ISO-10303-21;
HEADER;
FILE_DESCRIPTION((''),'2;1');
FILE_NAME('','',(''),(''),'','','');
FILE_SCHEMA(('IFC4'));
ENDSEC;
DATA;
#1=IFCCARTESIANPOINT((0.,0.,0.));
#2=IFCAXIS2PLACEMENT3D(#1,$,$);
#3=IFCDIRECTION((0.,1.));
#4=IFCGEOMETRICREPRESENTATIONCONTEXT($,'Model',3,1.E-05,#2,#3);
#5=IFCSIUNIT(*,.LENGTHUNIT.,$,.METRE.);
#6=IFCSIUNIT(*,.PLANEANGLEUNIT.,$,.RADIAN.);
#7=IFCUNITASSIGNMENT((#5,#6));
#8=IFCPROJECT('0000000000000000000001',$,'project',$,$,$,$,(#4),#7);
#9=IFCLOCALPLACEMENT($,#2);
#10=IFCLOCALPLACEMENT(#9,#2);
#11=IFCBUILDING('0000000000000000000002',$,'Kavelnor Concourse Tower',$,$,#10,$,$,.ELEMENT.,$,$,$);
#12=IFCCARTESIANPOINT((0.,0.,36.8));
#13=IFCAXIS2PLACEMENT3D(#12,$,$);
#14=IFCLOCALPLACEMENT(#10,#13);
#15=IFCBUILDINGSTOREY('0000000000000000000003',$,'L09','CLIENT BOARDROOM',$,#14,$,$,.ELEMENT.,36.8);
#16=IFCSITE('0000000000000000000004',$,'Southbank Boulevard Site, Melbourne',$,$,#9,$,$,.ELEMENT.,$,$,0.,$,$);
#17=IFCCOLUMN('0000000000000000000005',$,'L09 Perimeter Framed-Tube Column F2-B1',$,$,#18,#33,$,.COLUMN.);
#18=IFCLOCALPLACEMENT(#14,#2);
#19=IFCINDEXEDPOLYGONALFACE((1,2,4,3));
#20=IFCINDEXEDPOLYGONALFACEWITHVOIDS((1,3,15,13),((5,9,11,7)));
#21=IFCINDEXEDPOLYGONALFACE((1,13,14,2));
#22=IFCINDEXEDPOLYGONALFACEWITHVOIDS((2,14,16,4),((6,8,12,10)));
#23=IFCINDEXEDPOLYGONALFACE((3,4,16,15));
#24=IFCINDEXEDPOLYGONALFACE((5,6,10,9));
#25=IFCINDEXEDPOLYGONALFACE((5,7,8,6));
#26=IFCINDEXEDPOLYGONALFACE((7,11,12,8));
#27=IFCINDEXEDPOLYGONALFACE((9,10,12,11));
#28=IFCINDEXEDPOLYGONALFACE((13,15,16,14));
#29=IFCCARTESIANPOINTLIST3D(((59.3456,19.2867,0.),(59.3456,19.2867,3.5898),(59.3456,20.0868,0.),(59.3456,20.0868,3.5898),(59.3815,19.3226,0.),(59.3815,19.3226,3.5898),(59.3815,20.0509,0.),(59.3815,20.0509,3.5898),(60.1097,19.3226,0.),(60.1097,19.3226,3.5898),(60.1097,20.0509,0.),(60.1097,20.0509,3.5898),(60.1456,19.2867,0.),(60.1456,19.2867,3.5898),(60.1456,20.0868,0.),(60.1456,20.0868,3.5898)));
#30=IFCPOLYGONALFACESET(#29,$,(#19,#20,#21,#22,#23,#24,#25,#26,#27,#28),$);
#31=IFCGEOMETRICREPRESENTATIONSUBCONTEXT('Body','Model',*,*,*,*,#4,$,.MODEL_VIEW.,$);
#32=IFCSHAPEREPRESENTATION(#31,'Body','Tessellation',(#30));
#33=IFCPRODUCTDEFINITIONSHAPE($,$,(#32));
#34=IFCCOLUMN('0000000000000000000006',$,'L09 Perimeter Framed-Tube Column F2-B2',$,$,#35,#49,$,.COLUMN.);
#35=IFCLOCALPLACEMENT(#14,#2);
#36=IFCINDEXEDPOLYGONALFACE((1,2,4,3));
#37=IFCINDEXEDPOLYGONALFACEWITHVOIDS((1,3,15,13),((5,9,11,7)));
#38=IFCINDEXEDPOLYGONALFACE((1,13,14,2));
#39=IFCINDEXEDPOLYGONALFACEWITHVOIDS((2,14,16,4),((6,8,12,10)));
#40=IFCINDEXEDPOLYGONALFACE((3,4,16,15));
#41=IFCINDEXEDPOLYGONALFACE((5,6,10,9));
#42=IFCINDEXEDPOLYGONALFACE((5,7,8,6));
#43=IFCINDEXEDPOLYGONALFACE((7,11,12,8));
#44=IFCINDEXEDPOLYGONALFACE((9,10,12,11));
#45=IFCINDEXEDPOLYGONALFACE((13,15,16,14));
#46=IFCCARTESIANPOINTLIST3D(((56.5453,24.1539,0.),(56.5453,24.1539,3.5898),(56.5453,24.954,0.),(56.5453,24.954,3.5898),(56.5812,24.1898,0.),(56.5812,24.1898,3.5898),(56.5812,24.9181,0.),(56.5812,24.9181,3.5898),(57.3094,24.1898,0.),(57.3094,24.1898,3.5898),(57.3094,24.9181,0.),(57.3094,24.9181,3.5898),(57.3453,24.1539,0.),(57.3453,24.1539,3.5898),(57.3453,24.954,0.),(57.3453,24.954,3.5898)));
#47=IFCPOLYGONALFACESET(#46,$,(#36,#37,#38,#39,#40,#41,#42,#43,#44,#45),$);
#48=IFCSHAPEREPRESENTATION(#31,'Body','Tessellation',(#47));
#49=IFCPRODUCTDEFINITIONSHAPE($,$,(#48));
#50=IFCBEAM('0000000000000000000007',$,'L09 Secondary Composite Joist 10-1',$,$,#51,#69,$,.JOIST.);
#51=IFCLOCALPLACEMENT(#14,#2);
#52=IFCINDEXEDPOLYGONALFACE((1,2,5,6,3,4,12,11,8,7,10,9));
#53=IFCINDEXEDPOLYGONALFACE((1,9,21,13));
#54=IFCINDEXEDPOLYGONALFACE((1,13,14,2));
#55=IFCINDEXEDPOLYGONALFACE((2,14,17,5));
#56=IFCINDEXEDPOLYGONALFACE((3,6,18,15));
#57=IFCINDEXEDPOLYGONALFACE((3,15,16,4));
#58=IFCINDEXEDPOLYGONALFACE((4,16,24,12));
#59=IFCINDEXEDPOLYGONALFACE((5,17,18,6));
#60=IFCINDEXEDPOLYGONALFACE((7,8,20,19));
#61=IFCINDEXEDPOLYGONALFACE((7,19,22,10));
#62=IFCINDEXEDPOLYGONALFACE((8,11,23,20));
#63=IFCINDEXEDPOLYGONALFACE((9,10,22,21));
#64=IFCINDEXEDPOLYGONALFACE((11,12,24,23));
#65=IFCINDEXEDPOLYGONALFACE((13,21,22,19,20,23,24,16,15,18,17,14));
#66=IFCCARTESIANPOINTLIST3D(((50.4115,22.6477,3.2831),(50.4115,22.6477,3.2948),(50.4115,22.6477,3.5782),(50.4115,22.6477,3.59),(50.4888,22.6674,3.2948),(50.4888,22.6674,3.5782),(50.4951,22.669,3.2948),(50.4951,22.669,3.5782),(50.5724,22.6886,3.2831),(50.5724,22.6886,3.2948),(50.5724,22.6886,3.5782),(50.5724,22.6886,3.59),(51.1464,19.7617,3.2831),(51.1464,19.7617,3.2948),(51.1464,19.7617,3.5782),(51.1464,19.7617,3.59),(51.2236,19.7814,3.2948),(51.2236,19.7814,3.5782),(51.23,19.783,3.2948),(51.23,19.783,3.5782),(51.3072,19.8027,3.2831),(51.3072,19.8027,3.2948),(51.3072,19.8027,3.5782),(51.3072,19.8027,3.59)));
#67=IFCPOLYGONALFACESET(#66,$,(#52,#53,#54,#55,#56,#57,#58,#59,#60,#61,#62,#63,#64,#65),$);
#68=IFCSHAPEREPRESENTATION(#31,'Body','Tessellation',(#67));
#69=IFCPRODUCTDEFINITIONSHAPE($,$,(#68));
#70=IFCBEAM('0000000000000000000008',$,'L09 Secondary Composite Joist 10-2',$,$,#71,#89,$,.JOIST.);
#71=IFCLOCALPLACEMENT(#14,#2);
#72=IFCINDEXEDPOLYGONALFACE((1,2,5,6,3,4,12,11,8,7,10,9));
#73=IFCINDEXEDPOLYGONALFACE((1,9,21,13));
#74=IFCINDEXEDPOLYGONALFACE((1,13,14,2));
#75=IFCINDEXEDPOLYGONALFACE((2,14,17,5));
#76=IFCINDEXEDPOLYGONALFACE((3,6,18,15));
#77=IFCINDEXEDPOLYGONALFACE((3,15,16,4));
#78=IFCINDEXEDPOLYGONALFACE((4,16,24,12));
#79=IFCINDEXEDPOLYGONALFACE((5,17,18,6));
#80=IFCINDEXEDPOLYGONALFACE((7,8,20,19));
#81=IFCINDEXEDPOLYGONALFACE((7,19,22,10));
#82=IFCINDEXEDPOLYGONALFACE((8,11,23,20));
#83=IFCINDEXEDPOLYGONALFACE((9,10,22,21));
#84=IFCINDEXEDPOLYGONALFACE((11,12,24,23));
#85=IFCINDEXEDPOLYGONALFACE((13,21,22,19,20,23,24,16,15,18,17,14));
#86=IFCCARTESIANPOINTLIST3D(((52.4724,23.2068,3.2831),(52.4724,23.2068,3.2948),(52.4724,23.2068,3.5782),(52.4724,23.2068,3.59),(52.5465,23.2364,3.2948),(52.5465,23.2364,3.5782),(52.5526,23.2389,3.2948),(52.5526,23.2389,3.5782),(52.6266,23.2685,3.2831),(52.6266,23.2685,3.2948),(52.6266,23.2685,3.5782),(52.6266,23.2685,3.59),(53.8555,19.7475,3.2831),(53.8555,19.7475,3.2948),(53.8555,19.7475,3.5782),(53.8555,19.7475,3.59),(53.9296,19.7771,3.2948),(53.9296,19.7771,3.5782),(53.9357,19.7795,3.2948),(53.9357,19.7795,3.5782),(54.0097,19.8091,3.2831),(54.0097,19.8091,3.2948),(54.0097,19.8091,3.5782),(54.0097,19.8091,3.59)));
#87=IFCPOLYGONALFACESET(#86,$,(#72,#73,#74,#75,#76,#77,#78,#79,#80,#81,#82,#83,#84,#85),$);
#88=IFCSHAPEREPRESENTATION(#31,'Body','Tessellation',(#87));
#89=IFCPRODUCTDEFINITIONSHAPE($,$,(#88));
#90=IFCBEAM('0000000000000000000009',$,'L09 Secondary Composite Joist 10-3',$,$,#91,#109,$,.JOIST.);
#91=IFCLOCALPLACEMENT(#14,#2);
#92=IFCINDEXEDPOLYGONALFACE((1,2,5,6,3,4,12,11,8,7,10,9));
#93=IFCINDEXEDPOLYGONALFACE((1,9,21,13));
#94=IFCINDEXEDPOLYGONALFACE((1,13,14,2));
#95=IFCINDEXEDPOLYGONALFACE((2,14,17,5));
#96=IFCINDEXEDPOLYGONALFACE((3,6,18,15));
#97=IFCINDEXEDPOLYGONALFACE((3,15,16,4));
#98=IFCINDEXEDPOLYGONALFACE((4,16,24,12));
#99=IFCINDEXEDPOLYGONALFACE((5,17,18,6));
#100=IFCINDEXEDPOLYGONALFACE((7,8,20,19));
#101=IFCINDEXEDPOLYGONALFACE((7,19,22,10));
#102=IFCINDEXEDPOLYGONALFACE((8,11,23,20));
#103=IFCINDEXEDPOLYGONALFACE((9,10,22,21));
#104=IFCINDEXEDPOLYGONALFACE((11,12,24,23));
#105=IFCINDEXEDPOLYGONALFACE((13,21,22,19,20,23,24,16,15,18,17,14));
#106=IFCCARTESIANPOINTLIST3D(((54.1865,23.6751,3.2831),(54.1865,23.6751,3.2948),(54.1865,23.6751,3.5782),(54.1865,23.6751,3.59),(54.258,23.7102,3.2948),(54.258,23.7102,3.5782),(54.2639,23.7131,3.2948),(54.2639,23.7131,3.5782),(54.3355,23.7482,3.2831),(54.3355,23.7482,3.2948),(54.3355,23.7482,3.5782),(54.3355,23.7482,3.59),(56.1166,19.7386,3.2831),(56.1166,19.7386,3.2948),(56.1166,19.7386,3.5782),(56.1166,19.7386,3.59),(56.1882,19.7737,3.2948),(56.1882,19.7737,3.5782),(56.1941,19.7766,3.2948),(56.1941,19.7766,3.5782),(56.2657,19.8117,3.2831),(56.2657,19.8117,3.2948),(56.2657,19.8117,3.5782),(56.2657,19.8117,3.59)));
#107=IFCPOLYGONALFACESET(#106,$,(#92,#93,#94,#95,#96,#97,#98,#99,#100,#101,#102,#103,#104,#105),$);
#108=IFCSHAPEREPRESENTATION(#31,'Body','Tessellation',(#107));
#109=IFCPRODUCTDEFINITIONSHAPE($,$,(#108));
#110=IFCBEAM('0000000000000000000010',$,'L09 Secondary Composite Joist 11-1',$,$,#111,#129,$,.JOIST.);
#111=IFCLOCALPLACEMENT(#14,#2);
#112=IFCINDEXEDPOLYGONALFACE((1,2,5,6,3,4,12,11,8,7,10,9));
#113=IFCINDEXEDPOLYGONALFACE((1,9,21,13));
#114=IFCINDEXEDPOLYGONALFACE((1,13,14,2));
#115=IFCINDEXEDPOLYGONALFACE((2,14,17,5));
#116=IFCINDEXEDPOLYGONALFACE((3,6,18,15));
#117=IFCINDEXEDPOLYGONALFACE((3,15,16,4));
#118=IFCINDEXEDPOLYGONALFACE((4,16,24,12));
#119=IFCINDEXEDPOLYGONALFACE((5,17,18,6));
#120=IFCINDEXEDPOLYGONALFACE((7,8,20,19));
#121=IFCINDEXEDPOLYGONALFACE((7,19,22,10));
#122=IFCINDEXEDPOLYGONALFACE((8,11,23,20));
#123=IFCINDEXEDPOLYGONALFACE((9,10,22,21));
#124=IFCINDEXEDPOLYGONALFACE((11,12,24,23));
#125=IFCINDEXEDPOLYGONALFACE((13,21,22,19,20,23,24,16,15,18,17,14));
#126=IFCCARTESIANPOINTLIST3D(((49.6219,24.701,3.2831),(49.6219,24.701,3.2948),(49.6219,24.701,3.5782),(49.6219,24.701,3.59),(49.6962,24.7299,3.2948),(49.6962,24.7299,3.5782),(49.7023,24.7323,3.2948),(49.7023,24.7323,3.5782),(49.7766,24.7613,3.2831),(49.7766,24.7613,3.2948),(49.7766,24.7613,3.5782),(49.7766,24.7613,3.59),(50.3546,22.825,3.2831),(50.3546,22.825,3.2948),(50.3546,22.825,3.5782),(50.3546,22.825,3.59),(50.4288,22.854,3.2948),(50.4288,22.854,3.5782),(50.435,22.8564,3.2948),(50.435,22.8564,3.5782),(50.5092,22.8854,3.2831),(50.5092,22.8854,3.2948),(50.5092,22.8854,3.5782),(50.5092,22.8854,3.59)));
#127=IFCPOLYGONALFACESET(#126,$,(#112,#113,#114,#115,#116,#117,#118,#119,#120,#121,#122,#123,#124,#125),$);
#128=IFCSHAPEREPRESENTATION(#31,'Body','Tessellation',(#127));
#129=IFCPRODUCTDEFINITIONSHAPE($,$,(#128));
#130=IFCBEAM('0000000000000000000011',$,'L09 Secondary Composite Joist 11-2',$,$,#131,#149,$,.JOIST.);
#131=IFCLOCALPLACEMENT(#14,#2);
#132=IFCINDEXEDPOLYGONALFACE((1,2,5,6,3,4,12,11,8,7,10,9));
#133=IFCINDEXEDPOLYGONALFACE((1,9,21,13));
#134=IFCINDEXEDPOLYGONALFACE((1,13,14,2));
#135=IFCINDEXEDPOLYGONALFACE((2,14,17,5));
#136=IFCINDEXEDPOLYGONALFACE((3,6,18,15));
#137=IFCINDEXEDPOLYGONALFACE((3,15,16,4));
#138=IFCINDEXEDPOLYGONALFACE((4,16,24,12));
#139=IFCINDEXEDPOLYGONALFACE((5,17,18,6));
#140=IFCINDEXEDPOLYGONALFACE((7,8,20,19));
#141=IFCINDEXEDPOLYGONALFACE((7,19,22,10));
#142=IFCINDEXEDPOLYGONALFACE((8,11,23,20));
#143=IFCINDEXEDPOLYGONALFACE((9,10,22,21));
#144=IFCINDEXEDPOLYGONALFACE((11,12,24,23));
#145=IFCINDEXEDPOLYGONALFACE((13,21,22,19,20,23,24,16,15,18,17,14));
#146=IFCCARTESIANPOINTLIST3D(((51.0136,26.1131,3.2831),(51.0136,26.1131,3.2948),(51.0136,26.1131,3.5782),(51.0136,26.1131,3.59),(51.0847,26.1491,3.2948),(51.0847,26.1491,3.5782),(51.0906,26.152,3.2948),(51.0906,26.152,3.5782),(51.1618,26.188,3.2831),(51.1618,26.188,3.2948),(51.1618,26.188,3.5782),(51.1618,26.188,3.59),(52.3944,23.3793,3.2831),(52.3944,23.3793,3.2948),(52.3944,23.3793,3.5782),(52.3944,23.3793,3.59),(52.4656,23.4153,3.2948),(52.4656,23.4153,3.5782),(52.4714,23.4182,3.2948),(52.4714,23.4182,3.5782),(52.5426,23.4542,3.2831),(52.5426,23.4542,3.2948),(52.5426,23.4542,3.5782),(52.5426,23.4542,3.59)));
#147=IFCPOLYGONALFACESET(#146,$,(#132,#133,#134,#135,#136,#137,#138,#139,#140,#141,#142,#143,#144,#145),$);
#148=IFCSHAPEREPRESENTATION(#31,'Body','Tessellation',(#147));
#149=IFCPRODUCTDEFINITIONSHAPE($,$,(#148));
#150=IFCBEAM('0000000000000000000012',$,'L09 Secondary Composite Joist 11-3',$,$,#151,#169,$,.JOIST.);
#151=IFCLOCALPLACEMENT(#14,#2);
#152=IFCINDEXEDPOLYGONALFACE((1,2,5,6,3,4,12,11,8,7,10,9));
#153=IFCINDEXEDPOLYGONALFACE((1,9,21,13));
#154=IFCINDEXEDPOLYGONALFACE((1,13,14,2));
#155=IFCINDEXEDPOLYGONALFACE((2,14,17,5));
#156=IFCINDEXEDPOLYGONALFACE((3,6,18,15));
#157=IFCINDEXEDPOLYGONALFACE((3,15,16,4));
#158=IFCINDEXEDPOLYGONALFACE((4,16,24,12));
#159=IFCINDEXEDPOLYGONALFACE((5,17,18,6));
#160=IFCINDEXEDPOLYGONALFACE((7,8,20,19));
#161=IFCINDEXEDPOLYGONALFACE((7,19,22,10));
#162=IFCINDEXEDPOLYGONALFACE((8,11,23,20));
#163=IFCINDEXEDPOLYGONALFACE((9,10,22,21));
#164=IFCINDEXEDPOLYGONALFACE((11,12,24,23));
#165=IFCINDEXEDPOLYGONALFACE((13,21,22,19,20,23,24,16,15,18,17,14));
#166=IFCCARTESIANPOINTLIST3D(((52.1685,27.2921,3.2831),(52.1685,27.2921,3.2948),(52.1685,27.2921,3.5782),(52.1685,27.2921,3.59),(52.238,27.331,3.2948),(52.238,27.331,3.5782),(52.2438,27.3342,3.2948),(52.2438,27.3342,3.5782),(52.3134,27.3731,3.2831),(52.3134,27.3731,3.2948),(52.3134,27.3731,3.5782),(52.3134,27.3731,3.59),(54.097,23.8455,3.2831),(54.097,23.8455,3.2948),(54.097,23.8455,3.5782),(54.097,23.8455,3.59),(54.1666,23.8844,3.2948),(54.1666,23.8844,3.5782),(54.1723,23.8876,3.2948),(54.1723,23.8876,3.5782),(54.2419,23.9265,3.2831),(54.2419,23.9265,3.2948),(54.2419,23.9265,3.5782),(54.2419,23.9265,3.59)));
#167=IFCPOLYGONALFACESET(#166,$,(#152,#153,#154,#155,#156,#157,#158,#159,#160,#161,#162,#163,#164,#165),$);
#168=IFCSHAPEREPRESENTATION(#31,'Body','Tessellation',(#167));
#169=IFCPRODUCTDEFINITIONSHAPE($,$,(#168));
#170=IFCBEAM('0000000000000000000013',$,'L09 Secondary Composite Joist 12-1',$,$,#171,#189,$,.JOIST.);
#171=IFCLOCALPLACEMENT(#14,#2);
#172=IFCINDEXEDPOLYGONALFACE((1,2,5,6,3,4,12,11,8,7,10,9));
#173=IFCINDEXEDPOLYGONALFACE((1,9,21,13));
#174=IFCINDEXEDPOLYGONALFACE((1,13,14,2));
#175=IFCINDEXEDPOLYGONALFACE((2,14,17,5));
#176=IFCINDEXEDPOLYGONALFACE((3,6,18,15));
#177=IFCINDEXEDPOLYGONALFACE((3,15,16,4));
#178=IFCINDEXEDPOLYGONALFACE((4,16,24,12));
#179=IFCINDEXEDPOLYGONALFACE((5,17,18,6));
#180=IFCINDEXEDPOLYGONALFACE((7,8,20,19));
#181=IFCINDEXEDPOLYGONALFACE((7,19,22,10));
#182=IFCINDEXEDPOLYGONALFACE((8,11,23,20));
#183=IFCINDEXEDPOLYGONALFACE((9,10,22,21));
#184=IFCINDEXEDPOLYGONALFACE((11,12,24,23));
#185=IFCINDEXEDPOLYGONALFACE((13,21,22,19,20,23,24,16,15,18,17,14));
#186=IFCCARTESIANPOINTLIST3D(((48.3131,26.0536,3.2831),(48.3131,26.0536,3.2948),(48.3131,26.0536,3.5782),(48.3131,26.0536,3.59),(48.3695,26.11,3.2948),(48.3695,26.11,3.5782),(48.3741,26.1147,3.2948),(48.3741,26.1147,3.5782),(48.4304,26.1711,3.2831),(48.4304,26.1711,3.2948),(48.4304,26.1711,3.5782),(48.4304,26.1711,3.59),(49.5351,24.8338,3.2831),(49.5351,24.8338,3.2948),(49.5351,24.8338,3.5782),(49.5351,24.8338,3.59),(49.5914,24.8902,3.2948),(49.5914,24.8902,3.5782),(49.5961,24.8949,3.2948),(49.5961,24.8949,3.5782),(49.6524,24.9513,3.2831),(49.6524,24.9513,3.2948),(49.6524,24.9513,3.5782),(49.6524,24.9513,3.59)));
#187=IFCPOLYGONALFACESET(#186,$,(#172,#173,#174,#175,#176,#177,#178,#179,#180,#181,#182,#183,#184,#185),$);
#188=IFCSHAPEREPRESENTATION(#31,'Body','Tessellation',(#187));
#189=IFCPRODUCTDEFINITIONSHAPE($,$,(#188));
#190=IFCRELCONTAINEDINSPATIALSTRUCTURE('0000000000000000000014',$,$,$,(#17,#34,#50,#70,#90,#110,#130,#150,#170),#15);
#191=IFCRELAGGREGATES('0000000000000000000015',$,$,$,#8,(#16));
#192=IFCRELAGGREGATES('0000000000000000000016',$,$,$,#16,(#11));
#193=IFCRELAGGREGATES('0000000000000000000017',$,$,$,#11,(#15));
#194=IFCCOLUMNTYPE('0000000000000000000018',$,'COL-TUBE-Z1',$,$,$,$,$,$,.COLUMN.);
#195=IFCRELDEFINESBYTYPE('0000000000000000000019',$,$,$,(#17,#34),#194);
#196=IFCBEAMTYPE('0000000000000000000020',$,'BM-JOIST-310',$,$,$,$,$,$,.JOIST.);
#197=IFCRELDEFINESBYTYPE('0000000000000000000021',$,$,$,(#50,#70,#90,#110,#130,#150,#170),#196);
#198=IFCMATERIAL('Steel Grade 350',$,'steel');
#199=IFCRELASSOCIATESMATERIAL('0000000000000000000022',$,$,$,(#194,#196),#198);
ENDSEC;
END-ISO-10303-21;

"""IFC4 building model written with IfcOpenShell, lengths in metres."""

from ifc_helpers import new_model, si_unit, direction, frame, origin, origin_2d, place, context, subcontext, project, spatial, hollow_rectangle, i_section, extrude, material, material_profile, profile_set, type_object, element, save


model = new_model("IFC4")

# Units and contexts
model_context = context("Model", 3, precision=1e-05, world=origin(), true_north=direction((0.0, 1.0)))
body_context = subcontext(model_context, "Body", "Model", "MODEL_VIEW")
ifc_project = project(units=[si_unit("LENGTHUNIT", "METRE"), si_unit("PLANEANGLEUNIT", "RADIAN")], contexts=[model_context])

# Site, building, storey
site_placement = place(None, origin())
site = spatial("IfcSite", under=ifc_project, at=site_placement, Name="Southbank Boulevard Site, Melbourne", CompositionType="ELEMENT", RefElevation=0.0)
building_placement = place(site_placement, origin())
building = spatial("IfcBuilding", under=site, at=building_placement, Name="Kavelnor Concourse Tower", CompositionType="ELEMENT")
storey_placement = place(building_placement, frame((0.0, 0.0, 36.8)))
storey = spatial("IfcBuildingStorey", under=building, at=storey_placement, Name="L09", Description="CLIENT BOARDROOM", CompositionType="ELEMENT", Elevation=36.8)

# Columns
ifc_material_1 = material(Name="Steel Grade 350", Category="steel")
ifc_material_profile_1 = material_profile(ifc_material_1, hollow_rectangle(XDim=0.8, YDim=0.8, WallThickness=0.0359, at=origin_2d()), Name="SHS 800x800x36")
ifc_profile_set_1 = profile_set([ifc_material_profile_1], Name="Steel Grade 350")
column_type = type_object("IfcColumnType", Name="COL-TUBE-Z1", PredefinedType="COLUMN", material=ifc_profile_set_1)
for number, where, z_axis, x_axis, name in (
    (1, (59.7456, 19.6868, 0.0), (0.0, 0.0, 1.0), (1.0, 0.0, 0.0), "L09 Perimeter Framed-Tube Column F2-B1"),
    (2, (56.9453, 24.554, 0.0), (0.0, 0.0, 1.0), (1.0, 0.0, 0.0), "L09 Perimeter Framed-Tube Column F2-B2"),
):
    element("IfcColumn", number, at=place(storey_placement, frame(where, z_axis=z_axis, x_axis=x_axis)), inside=storey, type_object=column_type, Name=name, PredefinedType="COLUMN", context=body_context, shape_type="SweptSolid", body=[
        extrude(hollow_rectangle(XDim=0.8, YDim=0.8, WallThickness=0.0359, at=origin_2d()), origin(), (0.0, 0.0, 1.0), 3.5898),
    ])

# Beams
ifc_material_profile_2 = material_profile(ifc_material_1, i_section(OverallWidth=0.166, OverallDepth=0.3069, WebThickness=0.0066, FlangeThickness=0.0117, at=origin_2d()), Name="310UB46")
ifc_profile_set_2 = profile_set([ifc_material_profile_2], Name="Steel Grade 350")
beam_type_1 = type_object("IfcBeamType", Name="BM-JOIST-310", PredefinedType="JOIST", material=ifc_profile_set_2)
beam_1_placement = place(storey_placement, frame((51.2268, 19.7822, 3.4365), z_axis=(-0.246758, 0.969077, 0.0), x_axis=(-0.969077, -0.246758, 0.0)))
element("IfcBeam", 3, at=beam_1_placement, inside=storey, type_object=beam_type_1, Name="L09 Secondary Composite Joist 10-1", PredefinedType="JOIST", context=body_context, shape_type="SweptSolid", body=[
    extrude(i_section(OverallWidth=0.166, OverallDepth=0.3069, WebThickness=0.0066, FlangeThickness=0.0117, at=origin_2d()), origin(), (0.0, 0.0, 1.0), 2.978),
])
beam_2_placement = place(storey_placement, frame((53.9326, 19.7783, 3.4365), z_axis=(-0.371244, 0.928535, 0.0), x_axis=(-0.928535, -0.371244, 0.0)))
element("IfcBeam", 4, at=beam_2_placement, inside=storey, type_object=beam_type_1, Name="L09 Secondary Composite Joist 10-2", PredefinedType="JOIST", context=body_context, shape_type="SweptSolid", body=[
    extrude(i_section(OverallWidth=0.166, OverallDepth=0.3069, WebThickness=0.0066, FlangeThickness=0.0117, at=origin_2d()), origin(), (0.0, 0.0, 1.0), 3.7256),
])
beam_3_placement = place(storey_placement, frame((56.1912, 19.7751, 3.4365), z_axis=(-0.440251, 0.897875, 0.0), x_axis=(-0.897875, -0.440251, 0.0)))
element("IfcBeam", 5, at=beam_3_placement, inside=storey, type_object=beam_type_1, Name="L09 Secondary Composite Joist 10-3", PredefinedType="JOIST", context=body_context, shape_type="SweptSolid", body=[
    extrude(i_section(OverallWidth=0.166, OverallDepth=0.3069, WebThickness=0.0066, FlangeThickness=0.0117, at=origin_2d()), origin(), (0.0, 0.0, 1.0), 4.3843),
])
beam_4_placement = place(storey_placement, frame((50.4319, 22.8552, 3.4365), z_axis=(-0.363791, 0.93148, 0.0), x_axis=(-0.93148, -0.363791, 0.0)))
element("IfcBeam", 6, at=beam_4_placement, inside=storey, type_object=beam_type_1, Name="L09 Secondary Composite Joist 11-1", PredefinedType="JOIST", context=body_context, shape_type="SweptSolid", body=[
    extrude(i_section(OverallWidth=0.166, OverallDepth=0.3069, WebThickness=0.0066, FlangeThickness=0.0117, at=origin_2d()), origin(), (0.0, 0.0, 1.0), 2.0139),
])
beam_5_placement = place(storey_placement, frame((52.4685, 23.4167, 3.4365), z_axis=(-0.450845, 0.892602, 0.0), x_axis=(-0.892602, -0.450845, 0.0)))
element("IfcBeam", 7, at=beam_5_placement, inside=storey, type_object=beam_type_1, Name="L09 Secondary Composite Joist 11-2", PredefinedType="JOIST", context=body_context, shape_type="SweptSolid", body=[
    extrude(i_section(OverallWidth=0.166, OverallDepth=0.3069, WebThickness=0.0066, FlangeThickness=0.0117, at=origin_2d()), origin(), (0.0, 0.0, 1.0), 3.0627),
])
beam_6_placement = place(storey_placement, frame((54.1694, 23.886, 3.4365), z_axis=(-0.488297, 0.872678, 0.0), x_axis=(-0.872678, -0.488297, 0.0)))
element("IfcBeam", 8, at=beam_6_placement, inside=storey, type_object=beam_type_1, Name="L09 Secondary Composite Joist 11-3", PredefinedType="JOIST", context=body_context, shape_type="SweptSolid", body=[
    extrude(i_section(OverallWidth=0.166, OverallDepth=0.3069, WebThickness=0.0066, FlangeThickness=0.0117, at=origin_2d()), origin(), (0.0, 0.0, 1.0), 3.9495),
])
beam_7_placement = place(storey_placement, frame((49.5938, 24.8926, 3.4365), z_axis=(-0.707743, 0.70647, 0.0), x_axis=(-0.70647, -0.707743, 0.0)))
element("IfcBeam", 9, at=beam_7_placement, inside=storey, type_object=beam_type_1, Name="L09 Secondary Composite Joist 12-1", PredefinedType="JOIST", context=body_context, shape_type="SweptSolid", body=[
    extrude(i_section(OverallWidth=0.166, OverallDepth=0.3069, WebThickness=0.0066, FlangeThickness=0.0117, at=origin_2d()), origin(), (0.0, 0.0, 1.0), 1.7266),
])

save(model, "model.ifc")
